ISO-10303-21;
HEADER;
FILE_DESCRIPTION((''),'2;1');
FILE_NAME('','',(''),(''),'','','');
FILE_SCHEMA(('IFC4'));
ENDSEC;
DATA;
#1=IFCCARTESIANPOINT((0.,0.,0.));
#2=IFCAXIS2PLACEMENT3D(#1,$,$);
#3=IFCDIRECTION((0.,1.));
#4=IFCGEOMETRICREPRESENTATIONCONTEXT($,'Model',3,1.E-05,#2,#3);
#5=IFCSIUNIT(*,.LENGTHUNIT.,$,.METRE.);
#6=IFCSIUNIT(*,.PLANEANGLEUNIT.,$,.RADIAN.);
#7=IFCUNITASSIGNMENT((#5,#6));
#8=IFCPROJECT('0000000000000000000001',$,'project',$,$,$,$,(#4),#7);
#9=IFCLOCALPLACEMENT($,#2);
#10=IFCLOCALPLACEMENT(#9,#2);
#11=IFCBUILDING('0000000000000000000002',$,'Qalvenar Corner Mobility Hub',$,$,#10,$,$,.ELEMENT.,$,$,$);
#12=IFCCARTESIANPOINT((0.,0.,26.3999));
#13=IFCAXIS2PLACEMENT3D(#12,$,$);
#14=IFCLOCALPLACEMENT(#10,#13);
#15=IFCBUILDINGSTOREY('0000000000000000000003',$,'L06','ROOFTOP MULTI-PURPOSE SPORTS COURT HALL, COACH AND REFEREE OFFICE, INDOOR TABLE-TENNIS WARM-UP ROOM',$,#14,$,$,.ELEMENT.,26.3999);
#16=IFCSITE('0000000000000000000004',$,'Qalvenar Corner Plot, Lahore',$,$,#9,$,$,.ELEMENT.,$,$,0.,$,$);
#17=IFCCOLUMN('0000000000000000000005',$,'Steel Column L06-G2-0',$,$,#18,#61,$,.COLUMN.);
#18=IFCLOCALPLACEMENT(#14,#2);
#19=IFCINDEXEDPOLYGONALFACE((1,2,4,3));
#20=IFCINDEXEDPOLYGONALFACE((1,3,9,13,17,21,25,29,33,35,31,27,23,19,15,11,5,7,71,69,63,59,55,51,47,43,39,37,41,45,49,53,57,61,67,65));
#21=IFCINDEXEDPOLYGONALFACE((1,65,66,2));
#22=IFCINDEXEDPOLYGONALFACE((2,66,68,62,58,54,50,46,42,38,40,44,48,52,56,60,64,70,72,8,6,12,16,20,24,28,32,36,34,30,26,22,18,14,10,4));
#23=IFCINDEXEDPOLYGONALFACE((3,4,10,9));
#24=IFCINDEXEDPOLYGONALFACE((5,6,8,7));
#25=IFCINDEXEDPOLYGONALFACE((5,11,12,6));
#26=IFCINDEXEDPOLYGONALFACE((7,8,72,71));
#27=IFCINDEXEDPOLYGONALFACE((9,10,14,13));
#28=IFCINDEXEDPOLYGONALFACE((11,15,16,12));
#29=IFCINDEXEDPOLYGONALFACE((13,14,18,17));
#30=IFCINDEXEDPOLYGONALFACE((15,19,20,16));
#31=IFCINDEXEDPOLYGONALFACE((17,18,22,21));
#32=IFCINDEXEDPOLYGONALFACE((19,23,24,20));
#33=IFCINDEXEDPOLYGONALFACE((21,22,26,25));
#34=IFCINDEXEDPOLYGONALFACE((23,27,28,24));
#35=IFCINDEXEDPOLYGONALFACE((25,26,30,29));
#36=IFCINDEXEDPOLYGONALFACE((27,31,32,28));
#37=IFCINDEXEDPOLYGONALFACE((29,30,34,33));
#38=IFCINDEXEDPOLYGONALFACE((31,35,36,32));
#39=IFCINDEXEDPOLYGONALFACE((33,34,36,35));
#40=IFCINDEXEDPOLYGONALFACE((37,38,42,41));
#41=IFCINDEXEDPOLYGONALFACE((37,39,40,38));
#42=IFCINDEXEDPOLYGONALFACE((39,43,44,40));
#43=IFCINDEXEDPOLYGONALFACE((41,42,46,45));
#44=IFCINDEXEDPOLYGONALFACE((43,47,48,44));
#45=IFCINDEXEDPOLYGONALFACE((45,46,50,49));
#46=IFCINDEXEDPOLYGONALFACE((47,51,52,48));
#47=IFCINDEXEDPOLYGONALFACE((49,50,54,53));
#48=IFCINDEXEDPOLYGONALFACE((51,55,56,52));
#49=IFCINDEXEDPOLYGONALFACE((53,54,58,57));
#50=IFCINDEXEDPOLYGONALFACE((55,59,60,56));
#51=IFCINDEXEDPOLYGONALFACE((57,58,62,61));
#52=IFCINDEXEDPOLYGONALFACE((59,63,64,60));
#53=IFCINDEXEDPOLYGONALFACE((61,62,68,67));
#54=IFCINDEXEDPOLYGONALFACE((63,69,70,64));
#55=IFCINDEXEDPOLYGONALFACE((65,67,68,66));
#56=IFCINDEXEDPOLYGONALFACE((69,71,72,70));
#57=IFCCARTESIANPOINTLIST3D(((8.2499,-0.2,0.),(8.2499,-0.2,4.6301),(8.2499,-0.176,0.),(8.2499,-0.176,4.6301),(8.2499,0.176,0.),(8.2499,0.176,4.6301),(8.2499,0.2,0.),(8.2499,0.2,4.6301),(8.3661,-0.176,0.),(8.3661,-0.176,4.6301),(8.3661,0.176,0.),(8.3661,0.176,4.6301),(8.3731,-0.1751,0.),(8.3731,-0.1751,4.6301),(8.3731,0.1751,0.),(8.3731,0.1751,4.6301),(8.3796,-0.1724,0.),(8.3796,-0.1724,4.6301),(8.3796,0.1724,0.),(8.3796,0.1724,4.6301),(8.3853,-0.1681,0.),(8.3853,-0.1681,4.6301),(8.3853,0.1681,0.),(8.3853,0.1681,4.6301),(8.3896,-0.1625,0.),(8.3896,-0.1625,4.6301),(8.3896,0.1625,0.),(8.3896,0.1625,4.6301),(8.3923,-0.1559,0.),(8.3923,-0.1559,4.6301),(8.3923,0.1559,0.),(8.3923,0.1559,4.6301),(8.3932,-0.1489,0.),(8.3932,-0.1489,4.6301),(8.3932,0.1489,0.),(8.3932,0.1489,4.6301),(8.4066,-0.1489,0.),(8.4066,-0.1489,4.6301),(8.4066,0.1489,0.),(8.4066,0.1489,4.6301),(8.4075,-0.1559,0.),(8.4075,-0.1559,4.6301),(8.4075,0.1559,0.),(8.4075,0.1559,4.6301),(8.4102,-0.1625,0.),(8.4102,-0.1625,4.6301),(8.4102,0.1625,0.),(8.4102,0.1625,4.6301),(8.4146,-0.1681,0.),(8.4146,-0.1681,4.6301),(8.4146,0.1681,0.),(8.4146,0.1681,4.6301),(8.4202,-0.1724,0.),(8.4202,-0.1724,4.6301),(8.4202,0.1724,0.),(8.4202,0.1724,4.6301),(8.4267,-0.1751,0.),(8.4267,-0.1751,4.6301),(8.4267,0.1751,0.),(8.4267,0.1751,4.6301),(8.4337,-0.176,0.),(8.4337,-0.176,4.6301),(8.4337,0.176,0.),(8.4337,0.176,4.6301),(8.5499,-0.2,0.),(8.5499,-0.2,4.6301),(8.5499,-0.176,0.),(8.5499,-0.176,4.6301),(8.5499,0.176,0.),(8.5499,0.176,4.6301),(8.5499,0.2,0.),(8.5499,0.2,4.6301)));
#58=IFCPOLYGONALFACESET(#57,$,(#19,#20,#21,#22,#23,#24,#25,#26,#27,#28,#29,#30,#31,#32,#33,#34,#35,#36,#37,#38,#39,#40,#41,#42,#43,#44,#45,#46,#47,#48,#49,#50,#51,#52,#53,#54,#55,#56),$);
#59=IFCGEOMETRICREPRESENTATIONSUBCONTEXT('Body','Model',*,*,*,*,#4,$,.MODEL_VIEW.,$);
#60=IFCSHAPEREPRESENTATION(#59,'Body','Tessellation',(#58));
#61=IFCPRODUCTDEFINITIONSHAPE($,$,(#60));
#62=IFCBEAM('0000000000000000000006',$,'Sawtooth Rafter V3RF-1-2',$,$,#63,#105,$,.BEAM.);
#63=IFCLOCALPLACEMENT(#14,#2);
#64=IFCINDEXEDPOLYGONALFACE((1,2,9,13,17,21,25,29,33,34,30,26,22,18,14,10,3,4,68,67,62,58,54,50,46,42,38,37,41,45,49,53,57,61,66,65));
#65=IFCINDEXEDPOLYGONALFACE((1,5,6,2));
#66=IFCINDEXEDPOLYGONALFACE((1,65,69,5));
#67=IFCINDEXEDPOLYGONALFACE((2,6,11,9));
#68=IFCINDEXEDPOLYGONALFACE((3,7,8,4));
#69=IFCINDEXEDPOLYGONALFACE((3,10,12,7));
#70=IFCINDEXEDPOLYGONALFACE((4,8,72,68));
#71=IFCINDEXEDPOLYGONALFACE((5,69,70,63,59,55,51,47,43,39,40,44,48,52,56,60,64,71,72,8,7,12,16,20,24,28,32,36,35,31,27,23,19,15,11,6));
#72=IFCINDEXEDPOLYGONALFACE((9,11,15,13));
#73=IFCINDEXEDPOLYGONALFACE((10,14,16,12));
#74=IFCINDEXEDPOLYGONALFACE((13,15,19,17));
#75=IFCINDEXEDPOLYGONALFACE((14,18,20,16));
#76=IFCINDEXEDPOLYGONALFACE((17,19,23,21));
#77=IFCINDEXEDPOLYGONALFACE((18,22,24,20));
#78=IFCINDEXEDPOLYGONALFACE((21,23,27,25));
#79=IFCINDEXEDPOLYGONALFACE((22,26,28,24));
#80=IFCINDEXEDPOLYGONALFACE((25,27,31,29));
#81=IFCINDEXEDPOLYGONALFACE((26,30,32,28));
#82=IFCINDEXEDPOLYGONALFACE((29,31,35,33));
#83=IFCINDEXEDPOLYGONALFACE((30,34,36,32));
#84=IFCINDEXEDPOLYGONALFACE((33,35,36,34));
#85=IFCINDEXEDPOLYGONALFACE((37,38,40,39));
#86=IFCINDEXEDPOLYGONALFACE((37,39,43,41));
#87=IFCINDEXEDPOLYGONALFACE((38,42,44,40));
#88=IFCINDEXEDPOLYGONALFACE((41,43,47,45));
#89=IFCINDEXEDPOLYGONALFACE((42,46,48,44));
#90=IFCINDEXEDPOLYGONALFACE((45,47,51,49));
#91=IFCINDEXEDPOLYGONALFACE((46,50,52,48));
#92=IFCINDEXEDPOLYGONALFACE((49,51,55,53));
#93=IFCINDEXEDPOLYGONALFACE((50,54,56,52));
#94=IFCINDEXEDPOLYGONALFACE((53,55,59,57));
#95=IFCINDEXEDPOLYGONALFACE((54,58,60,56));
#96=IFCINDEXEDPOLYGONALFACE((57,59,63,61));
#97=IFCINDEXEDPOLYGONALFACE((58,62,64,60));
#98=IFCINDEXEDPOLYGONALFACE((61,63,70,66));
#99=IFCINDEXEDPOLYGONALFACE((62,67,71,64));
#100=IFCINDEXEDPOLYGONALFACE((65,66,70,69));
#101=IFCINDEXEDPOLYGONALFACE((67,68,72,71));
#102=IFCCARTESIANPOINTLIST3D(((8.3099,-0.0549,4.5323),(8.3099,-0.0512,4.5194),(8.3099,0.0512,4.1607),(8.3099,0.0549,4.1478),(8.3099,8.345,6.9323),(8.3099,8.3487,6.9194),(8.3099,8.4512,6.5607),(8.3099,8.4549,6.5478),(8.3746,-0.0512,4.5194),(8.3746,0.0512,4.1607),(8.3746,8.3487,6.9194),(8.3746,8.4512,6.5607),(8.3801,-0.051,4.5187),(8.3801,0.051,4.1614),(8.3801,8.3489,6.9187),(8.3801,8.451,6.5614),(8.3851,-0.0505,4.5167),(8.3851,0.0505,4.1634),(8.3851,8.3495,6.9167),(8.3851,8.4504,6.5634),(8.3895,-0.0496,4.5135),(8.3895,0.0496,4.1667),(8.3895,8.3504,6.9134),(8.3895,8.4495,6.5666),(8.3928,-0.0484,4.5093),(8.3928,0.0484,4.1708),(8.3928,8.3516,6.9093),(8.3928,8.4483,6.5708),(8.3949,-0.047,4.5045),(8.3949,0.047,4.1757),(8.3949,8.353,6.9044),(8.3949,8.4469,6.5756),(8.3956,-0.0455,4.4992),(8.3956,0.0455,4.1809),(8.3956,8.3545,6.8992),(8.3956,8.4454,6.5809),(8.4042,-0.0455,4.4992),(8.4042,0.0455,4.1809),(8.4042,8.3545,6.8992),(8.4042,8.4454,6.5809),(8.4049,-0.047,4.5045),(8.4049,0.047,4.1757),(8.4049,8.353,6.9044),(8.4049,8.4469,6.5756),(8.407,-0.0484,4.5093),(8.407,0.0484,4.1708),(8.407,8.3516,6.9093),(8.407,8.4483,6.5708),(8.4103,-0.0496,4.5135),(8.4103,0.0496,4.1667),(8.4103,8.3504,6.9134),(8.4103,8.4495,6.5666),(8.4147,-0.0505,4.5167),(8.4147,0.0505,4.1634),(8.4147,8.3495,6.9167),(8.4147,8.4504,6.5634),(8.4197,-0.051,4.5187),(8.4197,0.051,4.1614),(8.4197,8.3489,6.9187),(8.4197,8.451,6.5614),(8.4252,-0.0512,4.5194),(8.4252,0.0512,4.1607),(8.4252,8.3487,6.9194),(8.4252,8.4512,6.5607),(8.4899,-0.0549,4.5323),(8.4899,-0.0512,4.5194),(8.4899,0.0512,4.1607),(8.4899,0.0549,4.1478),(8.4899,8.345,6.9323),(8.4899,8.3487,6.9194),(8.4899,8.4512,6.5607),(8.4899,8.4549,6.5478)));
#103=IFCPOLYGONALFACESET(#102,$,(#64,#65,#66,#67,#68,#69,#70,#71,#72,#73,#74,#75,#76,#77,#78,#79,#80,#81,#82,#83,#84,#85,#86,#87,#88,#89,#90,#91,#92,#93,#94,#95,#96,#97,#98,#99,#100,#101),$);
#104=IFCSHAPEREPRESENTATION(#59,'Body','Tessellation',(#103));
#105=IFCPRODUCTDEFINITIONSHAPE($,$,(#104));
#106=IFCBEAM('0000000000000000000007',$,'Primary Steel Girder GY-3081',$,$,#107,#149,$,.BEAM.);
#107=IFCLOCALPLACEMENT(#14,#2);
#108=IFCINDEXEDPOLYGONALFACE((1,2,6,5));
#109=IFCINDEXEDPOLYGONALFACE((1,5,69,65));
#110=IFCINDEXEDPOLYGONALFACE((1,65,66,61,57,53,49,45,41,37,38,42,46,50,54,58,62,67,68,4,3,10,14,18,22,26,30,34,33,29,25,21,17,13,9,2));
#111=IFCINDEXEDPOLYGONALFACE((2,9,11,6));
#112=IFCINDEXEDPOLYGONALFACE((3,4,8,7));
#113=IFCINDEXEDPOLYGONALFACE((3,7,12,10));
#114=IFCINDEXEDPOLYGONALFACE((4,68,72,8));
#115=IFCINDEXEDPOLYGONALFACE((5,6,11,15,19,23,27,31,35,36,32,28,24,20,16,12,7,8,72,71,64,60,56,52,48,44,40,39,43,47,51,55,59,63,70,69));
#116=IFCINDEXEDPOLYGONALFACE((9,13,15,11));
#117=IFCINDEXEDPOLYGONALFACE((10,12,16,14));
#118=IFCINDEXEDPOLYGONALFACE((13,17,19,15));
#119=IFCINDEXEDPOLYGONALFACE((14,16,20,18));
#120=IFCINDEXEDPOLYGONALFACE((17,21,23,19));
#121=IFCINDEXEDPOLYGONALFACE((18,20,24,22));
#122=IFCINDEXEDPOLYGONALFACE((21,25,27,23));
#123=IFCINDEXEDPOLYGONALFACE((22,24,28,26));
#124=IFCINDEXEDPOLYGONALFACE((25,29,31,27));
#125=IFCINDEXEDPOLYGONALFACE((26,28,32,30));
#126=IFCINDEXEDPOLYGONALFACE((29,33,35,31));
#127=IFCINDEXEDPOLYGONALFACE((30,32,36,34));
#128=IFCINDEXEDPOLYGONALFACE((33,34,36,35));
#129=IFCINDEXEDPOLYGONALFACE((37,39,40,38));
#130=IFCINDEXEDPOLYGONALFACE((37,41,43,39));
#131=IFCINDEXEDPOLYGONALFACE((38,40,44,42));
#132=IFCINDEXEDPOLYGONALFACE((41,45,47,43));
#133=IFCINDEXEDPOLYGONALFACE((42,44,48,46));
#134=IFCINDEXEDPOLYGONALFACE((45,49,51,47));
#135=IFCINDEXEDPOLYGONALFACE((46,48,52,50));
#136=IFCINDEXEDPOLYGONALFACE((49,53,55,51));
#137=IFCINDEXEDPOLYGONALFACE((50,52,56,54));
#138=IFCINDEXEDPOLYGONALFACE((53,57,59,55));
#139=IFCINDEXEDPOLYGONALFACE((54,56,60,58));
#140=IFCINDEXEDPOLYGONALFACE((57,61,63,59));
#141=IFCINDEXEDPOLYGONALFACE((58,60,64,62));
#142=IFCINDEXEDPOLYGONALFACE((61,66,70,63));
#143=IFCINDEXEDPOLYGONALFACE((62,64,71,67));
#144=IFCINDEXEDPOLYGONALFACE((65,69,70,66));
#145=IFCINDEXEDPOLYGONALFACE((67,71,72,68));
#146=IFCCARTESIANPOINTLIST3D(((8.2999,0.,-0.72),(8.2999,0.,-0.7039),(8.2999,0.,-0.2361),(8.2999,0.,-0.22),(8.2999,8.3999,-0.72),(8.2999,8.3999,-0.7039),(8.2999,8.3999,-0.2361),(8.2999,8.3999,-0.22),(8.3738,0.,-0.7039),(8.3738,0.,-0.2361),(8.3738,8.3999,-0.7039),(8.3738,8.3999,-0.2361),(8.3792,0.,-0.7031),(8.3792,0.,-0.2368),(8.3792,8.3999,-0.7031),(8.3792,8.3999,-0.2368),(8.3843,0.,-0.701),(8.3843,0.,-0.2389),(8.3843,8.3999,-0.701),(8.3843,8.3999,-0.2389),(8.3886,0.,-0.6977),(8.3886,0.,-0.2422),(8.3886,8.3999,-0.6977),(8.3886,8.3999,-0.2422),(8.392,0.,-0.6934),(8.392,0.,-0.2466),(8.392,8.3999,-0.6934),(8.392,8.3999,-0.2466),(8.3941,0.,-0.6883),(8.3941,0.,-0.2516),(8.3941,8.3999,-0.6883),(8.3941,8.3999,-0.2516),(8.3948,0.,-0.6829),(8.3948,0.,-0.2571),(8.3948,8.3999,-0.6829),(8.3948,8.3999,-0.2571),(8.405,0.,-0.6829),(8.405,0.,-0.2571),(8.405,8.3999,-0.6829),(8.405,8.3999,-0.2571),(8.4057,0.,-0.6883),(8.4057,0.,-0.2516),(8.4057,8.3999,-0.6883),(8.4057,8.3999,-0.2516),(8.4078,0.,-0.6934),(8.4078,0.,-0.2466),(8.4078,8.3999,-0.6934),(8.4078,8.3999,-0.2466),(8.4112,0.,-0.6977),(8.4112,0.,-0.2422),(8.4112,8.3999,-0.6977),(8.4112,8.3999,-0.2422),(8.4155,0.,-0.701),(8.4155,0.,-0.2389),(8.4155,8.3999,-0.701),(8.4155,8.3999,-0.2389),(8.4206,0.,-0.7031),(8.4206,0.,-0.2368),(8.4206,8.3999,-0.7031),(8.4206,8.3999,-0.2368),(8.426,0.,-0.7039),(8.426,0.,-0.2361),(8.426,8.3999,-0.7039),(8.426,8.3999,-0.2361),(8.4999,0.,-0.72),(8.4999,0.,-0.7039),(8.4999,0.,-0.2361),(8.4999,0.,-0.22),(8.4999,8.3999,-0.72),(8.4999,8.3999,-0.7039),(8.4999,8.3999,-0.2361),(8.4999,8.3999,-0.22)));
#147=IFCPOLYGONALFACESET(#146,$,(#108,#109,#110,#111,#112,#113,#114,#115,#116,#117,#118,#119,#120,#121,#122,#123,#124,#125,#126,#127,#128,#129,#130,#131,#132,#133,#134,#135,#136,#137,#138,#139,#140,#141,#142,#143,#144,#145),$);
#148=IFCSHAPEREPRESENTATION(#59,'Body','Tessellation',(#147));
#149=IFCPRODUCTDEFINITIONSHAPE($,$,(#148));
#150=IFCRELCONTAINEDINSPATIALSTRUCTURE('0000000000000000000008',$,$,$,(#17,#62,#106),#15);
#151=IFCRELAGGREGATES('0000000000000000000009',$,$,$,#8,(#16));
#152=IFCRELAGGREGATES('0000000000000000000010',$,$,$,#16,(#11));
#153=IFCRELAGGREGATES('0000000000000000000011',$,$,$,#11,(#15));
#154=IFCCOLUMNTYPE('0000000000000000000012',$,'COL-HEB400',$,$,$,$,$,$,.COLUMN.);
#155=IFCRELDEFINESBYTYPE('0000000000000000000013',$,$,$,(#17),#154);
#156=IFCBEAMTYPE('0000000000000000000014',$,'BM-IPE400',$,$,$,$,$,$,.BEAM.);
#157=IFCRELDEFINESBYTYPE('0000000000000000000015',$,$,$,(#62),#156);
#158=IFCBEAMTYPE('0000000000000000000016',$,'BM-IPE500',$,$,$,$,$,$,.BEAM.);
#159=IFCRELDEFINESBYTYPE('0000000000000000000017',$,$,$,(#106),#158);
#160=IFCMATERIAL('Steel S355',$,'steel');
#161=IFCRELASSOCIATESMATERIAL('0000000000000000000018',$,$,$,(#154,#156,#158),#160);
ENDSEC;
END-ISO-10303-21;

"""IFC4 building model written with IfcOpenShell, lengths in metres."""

from ifc_helpers import new_model, si_unit, direction, frame, origin, origin_2d, place, context, subcontext, project, spatial, i_section, extrude, material, material_profile, profile_set, type_object, element, save


model = new_model("IFC4")

# Units and contexts
model_context = context("Model", 3, precision=1e-05, world=origin(), true_north=direction((0.0, 1.0)))
body_context = subcontext(model_context, "Body", "Model", "MODEL_VIEW")
ifc_project = project(units=[si_unit("LENGTHUNIT", "METRE"), si_unit("PLANEANGLEUNIT", "RADIAN")], contexts=[model_context])

# Site, building, storey
site_placement = place(None, origin())
site = spatial("IfcSite", under=ifc_project, at=site_placement, Name="Qalvenar Corner Plot, Lahore", CompositionType="ELEMENT", RefElevation=0.0)
building_placement = place(site_placement, origin())
building = spatial("IfcBuilding", under=site, at=building_placement, Name="Qalvenar Corner Mobility Hub", CompositionType="ELEMENT")
storey_placement = place(building_placement, frame((0.0, 0.0, 26.3999)))
storey = spatial("IfcBuildingStorey", under=building, at=storey_placement, Name="L06", Description="ROOFTOP MULTI-PURPOSE SPORTS COURT HALL, COACH AND REFEREE OFFICE, INDOOR TABLE-TENNIS WARM-UP ROOM", CompositionType="ELEMENT", Elevation=26.3999)

# Column
ifc_material_1 = material(Name="Steel S355", Category="steel")
ifc_material_profile_1 = material_profile(ifc_material_1, i_section(OverallWidth=0.3, OverallDepth=0.3999, WebThickness=0.0134, FlangeThickness=0.0239, FilletRadius=0.0271, at=origin_2d()), Name="HEB400")
ifc_profile_set_1 = profile_set([ifc_material_profile_1], Name="Steel S355")
column_type = type_object("IfcColumnType", Name="COL-HEB400", PredefinedType="COLUMN", material=ifc_profile_set_1)
column_placement = place(storey_placement, frame((8.3999, 0.0, 0.0), z_axis=(0.0, 0.0, 1.0), x_axis=(1.0, 0.0, 0.0)))
element("IfcColumn", 1, at=column_placement, inside=storey, type_object=column_type, Name="Steel Column L06-G2-0", PredefinedType="COLUMN", context=body_context, shape_type="SweptSolid", body=[
    extrude(i_section(OverallWidth=0.3, OverallDepth=0.3999, WebThickness=0.0134, FlangeThickness=0.0239, FilletRadius=0.0271, at=origin_2d()), origin(), (0.0, 0.0, 1.0), 4.6301),
])

# Beams
ifc_material_profile_2 = material_profile(ifc_material_1, i_section(OverallWidth=0.1799, OverallDepth=0.3999, WebThickness=0.0085, FlangeThickness=0.0134, FilletRadius=0.021, at=origin_2d()), Name="IPE400")
ifc_profile_set_2 = profile_set([ifc_material_profile_2], Name="Steel S355")
beam_type_1 = type_object("IfcBeamType", Name="BM-IPE400", PredefinedType="BEAM", material=ifc_profile_set_2)
beam_1_placement = place(storey_placement, frame((8.3999, 0.0, 4.3401), z_axis=(0.0, 0.961526, 0.274714), x_axis=(-1.0, 0.0, 0.0)))
element("IfcBeam", 2, at=beam_1_placement, inside=storey, type_object=beam_type_1, Name="Sawtooth Rafter V3RF-1-2", PredefinedType="BEAM", context=body_context, shape_type="SweptSolid", body=[
    extrude(i_section(OverallWidth=0.1799, OverallDepth=0.3999, WebThickness=0.0085, FlangeThickness=0.0134, FilletRadius=0.021, at=origin_2d()), origin(), (0.0, 0.0, 1.0), 8.7361),
])
ifc_material_profile_3 = material_profile(ifc_material_1, i_section(OverallWidth=0.2, OverallDepth=0.5, WebThickness=0.0103, FlangeThickness=0.0161, FilletRadius=0.021, at=origin_2d()), Name="IPE500")
ifc_profile_set_3 = profile_set([ifc_material_profile_3], Name="Steel S355")
beam_type_2 = type_object("IfcBeamType", Name="BM-IPE500", PredefinedType="BEAM", material=ifc_profile_set_3)
beam_2_placement = place(storey_placement, frame((8.3999, 0.0, -0.47), z_axis=(0.0, 1.0, 0.0), x_axis=(-1.0, 0.0, 0.0)))
element("IfcBeam", 3, at=beam_2_placement, inside=storey, type_object=beam_type_2, Name="Primary Steel Girder GY-3081", PredefinedType="BEAM", context=body_context, shape_type="SweptSolid", body=[
    extrude(i_section(OverallWidth=0.2, OverallDepth=0.5, WebThickness=0.0103, FlangeThickness=0.0161, FilletRadius=0.021, at=origin_2d()), origin(), (0.0, 0.0, 1.0), 8.3999),
])

save(model, "model.ifc")
